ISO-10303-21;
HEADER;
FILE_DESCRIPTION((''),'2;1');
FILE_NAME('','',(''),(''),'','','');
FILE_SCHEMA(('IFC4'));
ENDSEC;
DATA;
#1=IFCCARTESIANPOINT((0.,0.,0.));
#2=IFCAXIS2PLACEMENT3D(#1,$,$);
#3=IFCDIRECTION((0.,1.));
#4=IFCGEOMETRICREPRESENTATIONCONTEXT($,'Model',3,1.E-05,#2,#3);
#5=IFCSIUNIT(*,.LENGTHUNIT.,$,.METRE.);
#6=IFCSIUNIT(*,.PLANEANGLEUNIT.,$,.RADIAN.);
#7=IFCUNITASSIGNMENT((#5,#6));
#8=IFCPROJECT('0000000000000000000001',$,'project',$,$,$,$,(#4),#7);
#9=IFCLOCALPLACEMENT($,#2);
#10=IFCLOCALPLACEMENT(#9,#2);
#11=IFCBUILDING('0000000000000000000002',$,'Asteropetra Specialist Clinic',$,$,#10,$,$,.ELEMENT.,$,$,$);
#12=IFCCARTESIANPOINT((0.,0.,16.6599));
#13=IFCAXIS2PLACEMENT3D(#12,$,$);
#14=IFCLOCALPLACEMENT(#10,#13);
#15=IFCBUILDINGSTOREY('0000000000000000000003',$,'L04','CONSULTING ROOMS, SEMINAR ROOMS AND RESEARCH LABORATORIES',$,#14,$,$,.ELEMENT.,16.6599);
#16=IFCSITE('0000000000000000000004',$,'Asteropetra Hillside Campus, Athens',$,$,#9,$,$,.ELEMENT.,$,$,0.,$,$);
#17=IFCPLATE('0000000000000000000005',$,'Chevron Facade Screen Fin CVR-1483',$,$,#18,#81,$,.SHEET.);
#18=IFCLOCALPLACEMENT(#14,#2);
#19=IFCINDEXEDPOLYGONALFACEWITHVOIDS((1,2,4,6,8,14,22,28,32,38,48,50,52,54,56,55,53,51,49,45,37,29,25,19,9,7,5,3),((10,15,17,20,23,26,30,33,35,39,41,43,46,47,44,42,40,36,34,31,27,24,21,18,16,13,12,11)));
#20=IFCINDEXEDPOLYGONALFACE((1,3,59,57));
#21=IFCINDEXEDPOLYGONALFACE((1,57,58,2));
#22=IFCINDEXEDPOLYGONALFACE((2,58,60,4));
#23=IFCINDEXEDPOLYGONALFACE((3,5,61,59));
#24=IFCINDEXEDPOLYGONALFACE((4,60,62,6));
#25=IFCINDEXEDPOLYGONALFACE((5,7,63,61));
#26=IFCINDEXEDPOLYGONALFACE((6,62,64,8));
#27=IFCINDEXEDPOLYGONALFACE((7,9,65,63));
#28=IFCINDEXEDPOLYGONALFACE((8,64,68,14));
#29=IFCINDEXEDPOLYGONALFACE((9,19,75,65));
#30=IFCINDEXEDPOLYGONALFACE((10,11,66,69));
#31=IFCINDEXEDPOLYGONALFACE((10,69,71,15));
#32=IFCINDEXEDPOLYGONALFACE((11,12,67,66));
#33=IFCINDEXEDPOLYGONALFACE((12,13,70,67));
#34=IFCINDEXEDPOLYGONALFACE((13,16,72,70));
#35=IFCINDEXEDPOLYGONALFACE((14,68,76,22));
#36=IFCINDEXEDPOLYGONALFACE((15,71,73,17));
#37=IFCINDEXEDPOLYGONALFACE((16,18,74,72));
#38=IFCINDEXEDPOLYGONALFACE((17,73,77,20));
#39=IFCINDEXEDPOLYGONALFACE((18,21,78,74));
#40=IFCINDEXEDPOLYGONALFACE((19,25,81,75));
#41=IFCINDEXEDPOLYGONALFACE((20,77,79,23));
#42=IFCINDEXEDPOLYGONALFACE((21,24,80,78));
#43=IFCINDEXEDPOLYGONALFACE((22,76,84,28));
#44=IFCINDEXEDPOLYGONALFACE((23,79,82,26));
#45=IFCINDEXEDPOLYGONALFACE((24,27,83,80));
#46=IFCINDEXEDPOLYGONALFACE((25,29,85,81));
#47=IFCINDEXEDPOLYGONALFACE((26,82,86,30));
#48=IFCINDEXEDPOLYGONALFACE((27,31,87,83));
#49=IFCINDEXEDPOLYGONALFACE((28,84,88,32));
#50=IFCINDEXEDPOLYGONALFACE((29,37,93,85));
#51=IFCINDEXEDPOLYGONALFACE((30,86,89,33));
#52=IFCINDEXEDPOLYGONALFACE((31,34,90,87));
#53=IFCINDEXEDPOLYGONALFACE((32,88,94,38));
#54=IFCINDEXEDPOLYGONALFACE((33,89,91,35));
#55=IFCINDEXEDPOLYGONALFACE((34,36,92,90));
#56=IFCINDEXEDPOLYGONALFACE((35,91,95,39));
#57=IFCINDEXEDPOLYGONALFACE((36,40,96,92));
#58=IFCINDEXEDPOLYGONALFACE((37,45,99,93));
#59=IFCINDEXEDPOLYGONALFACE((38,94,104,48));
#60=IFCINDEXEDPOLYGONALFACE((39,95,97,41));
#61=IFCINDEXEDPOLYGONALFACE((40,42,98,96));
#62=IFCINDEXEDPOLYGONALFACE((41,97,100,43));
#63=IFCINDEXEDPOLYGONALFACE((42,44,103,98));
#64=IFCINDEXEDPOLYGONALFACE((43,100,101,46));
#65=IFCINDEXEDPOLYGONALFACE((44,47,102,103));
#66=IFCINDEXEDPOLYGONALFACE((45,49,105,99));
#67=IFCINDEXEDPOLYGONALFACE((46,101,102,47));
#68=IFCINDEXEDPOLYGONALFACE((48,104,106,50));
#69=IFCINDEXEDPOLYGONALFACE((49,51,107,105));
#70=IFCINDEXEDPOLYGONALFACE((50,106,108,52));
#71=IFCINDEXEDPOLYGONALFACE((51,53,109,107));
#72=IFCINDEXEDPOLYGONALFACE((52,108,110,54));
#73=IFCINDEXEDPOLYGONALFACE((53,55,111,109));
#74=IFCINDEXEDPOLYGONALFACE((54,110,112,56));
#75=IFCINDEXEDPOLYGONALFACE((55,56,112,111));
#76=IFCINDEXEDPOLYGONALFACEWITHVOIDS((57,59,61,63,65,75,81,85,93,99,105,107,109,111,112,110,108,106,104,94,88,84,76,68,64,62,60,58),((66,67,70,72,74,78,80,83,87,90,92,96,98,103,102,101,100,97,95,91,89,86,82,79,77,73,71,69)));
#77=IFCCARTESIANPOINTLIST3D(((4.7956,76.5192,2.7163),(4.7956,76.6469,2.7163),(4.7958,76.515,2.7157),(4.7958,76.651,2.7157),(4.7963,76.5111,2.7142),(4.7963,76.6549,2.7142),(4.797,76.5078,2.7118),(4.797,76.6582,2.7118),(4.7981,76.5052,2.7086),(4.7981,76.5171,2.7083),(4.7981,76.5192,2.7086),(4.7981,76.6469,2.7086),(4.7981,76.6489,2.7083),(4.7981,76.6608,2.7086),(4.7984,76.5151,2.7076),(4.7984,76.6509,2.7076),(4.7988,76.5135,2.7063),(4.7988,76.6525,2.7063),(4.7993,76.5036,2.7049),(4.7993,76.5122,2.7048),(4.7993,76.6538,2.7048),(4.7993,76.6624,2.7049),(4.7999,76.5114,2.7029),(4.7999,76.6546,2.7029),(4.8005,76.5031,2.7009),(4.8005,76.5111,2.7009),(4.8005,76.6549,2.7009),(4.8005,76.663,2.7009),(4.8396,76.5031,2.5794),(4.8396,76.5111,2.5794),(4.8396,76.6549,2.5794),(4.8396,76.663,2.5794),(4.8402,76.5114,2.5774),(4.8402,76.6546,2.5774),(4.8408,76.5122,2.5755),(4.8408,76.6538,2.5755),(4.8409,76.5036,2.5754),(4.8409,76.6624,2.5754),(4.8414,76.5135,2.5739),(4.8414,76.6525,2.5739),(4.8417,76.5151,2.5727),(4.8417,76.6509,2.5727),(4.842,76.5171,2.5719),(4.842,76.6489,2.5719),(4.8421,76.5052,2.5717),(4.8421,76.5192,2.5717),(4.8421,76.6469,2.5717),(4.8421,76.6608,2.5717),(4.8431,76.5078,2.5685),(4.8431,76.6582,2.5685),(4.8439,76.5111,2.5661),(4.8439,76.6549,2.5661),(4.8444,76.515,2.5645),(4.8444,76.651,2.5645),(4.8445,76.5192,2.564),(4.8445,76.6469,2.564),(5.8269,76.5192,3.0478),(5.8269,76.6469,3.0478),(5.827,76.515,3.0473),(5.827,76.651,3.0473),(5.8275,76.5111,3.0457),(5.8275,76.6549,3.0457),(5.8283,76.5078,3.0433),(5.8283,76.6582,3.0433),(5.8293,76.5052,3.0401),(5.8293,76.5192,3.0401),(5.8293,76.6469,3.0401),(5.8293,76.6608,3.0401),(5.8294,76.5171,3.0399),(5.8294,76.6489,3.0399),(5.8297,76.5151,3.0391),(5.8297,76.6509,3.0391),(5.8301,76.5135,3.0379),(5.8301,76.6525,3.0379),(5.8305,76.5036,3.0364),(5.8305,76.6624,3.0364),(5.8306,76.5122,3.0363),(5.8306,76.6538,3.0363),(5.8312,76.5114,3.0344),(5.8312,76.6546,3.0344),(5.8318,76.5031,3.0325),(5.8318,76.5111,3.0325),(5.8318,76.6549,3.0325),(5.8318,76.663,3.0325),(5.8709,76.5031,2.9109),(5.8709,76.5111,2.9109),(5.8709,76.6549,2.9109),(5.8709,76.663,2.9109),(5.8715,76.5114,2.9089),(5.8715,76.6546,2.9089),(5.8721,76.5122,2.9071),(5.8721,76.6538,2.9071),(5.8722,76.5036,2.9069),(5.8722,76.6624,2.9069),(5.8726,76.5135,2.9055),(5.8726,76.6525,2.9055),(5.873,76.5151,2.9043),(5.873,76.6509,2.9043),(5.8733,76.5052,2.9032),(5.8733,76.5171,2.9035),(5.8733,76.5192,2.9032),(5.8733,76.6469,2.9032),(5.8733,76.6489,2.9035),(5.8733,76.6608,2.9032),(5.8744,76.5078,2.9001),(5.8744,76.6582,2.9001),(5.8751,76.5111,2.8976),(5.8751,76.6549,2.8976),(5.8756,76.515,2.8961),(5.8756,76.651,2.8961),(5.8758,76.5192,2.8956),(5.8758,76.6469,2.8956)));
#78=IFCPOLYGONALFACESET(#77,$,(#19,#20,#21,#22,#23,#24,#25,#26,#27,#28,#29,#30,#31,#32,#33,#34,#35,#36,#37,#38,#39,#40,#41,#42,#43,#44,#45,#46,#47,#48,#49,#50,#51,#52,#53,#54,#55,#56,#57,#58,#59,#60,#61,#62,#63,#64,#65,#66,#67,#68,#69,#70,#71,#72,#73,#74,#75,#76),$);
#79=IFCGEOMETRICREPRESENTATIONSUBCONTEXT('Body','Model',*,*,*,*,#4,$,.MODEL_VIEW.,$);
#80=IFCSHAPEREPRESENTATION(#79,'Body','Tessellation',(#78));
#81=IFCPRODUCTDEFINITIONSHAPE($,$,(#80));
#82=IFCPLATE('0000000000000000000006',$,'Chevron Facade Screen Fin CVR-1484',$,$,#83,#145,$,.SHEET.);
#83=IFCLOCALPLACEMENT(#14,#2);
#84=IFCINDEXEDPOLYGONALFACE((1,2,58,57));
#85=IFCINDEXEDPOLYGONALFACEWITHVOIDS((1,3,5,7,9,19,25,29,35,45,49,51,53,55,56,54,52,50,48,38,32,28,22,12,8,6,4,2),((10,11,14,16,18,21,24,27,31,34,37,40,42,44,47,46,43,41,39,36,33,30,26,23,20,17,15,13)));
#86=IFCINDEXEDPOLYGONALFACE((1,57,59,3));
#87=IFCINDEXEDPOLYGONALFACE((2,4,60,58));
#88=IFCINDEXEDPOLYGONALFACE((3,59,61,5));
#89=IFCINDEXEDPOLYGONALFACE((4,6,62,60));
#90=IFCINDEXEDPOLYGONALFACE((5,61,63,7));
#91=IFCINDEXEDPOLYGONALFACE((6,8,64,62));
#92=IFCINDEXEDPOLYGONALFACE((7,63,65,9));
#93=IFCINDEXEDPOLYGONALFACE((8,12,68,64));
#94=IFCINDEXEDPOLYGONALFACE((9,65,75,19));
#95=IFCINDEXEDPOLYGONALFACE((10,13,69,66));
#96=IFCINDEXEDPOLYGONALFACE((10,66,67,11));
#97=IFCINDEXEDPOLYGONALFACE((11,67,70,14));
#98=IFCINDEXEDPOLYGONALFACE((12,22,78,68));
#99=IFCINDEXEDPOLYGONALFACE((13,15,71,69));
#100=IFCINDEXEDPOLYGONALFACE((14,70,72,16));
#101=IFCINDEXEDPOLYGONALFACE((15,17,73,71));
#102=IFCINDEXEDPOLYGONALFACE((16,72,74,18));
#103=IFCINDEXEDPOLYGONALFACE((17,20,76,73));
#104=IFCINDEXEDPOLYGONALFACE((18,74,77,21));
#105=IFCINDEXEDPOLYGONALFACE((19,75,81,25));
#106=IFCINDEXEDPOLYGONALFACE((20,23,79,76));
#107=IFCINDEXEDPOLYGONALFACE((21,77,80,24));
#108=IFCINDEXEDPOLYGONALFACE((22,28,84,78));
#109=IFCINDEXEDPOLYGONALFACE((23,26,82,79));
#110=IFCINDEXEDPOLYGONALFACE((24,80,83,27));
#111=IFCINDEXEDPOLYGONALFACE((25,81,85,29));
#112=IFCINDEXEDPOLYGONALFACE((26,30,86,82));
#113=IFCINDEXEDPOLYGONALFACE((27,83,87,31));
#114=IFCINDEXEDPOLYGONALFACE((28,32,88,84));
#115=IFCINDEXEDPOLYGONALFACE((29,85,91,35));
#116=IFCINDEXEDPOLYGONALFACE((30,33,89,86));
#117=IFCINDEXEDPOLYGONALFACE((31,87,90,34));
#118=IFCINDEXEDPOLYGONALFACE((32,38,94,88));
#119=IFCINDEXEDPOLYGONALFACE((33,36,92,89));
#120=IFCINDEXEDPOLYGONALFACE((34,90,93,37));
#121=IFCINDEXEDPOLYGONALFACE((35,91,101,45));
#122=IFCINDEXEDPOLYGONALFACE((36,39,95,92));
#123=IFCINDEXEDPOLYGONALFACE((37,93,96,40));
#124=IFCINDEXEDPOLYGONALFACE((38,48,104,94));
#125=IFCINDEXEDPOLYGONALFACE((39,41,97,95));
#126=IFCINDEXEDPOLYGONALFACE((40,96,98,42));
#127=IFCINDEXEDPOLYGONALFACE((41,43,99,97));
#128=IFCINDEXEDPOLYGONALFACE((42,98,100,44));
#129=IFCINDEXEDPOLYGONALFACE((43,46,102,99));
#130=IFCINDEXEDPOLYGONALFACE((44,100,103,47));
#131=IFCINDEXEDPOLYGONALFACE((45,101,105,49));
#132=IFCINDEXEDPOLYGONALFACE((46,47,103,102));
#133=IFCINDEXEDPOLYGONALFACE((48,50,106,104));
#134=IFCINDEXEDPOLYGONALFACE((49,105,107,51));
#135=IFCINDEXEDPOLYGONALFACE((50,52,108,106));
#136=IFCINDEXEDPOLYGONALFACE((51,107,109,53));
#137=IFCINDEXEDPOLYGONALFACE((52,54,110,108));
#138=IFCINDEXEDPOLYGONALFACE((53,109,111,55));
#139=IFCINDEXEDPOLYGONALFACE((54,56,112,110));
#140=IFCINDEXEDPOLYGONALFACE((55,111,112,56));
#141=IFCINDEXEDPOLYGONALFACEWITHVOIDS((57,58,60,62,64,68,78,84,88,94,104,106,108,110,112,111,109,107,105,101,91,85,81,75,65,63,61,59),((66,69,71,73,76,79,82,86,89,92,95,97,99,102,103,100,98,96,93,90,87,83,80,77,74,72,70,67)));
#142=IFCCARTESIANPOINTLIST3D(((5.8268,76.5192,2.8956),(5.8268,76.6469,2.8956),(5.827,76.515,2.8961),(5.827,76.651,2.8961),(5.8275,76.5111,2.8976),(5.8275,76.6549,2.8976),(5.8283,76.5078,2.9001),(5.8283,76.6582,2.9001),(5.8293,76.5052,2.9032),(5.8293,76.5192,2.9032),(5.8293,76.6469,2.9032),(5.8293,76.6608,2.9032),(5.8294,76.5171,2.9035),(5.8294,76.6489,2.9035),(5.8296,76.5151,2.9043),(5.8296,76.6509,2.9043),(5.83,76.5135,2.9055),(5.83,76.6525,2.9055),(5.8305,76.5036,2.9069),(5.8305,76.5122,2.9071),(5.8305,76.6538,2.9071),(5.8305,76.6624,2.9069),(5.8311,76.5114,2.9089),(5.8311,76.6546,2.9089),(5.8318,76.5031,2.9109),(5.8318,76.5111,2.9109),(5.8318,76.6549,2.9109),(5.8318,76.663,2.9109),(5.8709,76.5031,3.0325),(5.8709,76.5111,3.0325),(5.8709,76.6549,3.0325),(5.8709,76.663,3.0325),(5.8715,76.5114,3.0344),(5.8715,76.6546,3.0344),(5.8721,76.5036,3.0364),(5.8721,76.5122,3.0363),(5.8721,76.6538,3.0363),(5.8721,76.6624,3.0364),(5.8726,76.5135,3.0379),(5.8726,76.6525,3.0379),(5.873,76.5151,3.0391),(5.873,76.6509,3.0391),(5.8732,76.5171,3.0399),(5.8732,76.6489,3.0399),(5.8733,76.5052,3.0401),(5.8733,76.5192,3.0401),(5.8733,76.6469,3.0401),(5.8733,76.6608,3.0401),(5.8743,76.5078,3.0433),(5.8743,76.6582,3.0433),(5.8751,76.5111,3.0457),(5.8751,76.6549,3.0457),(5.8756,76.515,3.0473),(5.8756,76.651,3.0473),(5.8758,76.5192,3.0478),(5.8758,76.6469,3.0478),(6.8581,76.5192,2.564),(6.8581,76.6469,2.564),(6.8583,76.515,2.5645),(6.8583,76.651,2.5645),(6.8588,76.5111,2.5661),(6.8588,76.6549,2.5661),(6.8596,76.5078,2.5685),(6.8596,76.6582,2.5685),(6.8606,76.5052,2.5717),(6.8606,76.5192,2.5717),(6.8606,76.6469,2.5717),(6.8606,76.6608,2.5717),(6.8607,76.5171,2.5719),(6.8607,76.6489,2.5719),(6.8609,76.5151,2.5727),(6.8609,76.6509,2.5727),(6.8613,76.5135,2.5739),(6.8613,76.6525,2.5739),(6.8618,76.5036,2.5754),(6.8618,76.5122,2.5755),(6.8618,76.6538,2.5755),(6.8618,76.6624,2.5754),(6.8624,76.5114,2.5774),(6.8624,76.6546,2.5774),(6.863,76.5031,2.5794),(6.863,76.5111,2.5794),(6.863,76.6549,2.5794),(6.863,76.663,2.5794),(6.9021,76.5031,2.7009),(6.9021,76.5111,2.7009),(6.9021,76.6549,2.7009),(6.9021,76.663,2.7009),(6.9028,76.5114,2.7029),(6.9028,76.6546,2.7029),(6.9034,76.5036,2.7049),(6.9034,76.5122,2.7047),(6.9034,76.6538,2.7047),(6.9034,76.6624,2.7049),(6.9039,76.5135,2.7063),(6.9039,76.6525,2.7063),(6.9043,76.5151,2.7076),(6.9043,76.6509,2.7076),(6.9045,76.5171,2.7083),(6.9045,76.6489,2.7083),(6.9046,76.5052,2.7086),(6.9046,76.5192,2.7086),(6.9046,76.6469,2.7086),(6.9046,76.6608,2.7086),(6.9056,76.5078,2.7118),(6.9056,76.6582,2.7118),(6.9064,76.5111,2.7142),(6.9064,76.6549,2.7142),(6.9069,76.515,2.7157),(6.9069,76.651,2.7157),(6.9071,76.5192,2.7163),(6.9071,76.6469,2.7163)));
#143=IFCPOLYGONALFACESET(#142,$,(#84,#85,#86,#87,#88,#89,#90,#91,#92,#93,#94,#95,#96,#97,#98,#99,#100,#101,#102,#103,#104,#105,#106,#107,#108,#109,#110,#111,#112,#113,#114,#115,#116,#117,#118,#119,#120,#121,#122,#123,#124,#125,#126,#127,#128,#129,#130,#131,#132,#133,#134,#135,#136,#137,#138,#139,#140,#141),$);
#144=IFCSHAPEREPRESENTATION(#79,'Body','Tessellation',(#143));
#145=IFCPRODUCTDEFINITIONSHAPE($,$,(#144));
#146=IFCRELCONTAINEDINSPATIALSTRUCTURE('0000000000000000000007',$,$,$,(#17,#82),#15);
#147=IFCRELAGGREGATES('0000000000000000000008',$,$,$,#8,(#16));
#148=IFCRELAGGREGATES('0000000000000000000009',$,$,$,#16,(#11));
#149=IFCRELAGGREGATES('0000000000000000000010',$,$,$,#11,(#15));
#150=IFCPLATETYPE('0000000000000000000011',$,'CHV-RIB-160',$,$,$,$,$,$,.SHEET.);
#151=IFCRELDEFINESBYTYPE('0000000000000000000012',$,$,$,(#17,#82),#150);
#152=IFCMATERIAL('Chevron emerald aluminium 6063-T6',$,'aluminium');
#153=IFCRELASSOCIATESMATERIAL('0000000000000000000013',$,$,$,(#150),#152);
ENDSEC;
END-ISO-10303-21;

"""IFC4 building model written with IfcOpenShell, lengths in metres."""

from ifc_helpers import new_model, si_unit, direction, frame, origin, origin_2d, place, context, subcontext, project, spatial, hollow_rectangle, extrude, material, material_profile, profile_set, type_object, element, save


model = new_model("IFC4")

# Units and contexts
model_context = context("Model", 3, precision=1e-05, world=origin(), true_north=direction((0.0, 1.0)))
body_context = subcontext(model_context, "Body", "Model", "MODEL_VIEW")
ifc_project = project(units=[si_unit("LENGTHUNIT", "METRE"), si_unit("PLANEANGLEUNIT", "RADIAN")], contexts=[model_context])

# Site, building, storey
site_placement = place(None, origin())
site = spatial("IfcSite", under=ifc_project, at=site_placement, Name="Asteropetra Hillside Campus, Athens", CompositionType="ELEMENT", RefElevation=0.0)
building_placement = place(site_placement, origin())
building = spatial("IfcBuilding", under=site, at=building_placement, Name="Asteropetra Specialist Clinic", CompositionType="ELEMENT")
storey_placement = place(building_placement, frame((0.0, 0.0, 16.6599)))
storey = spatial("IfcBuildingStorey", under=building, at=storey_placement, Name="L04", Description="CONSULTING ROOMS, SEMINAR ROOMS AND RESEARCH LABORATORIES", CompositionType="ELEMENT", Elevation=16.6599)

# Plates
ifc_material_1 = material(Name="Chevron emerald aluminium 6063-T6", Category="aluminium")
ifc_material_profile_1 = material_profile(ifc_material_1, hollow_rectangle(XDim=0.1599, YDim=0.1599, WallThickness=0.0081, InnerFilletRadius=0.0081, OuterFilletRadius=0.0161, at=origin_2d()), Name="SHS 160x160x8.0")
ifc_profile_set_1 = profile_set([ifc_material_profile_1], Name="Chevron emerald aluminium 6063-T6")
plate_type_1 = type_object("IfcPlateType", Name="CHV-RIB-160", PredefinedType="SHEET", material=ifc_profile_set_1)
for number, where, z_axis, x_axis, name in (
    (1, (4.8201, 76.583, 2.6401), (0.95201, 0.0, 0.306068), (0.0, 1.0, 0.0), "Chevron Facade Screen Fin CVR-1483"),
    (2, (5.8513, 76.583, 2.9717), (0.95201, 0.0, -0.306068), (0.0, 1.0, 0.0), "Chevron Facade Screen Fin CVR-1484"),
):
    element("IfcPlate", number, at=place(storey_placement, frame(where, z_axis=z_axis, x_axis=x_axis)), inside=storey, type_object=plate_type_1, Name=name, PredefinedType="SHEET", context=body_context, shape_type="SweptSolid", body=[
        extrude(hollow_rectangle(XDim=0.1599, YDim=0.1599, WallThickness=0.0081, InnerFilletRadius=0.0081, OuterFilletRadius=0.0161, at=origin_2d()), origin(), (0.0, 0.0, 1.0), 1.0833),
    ])

save(model, "model.ifc")
